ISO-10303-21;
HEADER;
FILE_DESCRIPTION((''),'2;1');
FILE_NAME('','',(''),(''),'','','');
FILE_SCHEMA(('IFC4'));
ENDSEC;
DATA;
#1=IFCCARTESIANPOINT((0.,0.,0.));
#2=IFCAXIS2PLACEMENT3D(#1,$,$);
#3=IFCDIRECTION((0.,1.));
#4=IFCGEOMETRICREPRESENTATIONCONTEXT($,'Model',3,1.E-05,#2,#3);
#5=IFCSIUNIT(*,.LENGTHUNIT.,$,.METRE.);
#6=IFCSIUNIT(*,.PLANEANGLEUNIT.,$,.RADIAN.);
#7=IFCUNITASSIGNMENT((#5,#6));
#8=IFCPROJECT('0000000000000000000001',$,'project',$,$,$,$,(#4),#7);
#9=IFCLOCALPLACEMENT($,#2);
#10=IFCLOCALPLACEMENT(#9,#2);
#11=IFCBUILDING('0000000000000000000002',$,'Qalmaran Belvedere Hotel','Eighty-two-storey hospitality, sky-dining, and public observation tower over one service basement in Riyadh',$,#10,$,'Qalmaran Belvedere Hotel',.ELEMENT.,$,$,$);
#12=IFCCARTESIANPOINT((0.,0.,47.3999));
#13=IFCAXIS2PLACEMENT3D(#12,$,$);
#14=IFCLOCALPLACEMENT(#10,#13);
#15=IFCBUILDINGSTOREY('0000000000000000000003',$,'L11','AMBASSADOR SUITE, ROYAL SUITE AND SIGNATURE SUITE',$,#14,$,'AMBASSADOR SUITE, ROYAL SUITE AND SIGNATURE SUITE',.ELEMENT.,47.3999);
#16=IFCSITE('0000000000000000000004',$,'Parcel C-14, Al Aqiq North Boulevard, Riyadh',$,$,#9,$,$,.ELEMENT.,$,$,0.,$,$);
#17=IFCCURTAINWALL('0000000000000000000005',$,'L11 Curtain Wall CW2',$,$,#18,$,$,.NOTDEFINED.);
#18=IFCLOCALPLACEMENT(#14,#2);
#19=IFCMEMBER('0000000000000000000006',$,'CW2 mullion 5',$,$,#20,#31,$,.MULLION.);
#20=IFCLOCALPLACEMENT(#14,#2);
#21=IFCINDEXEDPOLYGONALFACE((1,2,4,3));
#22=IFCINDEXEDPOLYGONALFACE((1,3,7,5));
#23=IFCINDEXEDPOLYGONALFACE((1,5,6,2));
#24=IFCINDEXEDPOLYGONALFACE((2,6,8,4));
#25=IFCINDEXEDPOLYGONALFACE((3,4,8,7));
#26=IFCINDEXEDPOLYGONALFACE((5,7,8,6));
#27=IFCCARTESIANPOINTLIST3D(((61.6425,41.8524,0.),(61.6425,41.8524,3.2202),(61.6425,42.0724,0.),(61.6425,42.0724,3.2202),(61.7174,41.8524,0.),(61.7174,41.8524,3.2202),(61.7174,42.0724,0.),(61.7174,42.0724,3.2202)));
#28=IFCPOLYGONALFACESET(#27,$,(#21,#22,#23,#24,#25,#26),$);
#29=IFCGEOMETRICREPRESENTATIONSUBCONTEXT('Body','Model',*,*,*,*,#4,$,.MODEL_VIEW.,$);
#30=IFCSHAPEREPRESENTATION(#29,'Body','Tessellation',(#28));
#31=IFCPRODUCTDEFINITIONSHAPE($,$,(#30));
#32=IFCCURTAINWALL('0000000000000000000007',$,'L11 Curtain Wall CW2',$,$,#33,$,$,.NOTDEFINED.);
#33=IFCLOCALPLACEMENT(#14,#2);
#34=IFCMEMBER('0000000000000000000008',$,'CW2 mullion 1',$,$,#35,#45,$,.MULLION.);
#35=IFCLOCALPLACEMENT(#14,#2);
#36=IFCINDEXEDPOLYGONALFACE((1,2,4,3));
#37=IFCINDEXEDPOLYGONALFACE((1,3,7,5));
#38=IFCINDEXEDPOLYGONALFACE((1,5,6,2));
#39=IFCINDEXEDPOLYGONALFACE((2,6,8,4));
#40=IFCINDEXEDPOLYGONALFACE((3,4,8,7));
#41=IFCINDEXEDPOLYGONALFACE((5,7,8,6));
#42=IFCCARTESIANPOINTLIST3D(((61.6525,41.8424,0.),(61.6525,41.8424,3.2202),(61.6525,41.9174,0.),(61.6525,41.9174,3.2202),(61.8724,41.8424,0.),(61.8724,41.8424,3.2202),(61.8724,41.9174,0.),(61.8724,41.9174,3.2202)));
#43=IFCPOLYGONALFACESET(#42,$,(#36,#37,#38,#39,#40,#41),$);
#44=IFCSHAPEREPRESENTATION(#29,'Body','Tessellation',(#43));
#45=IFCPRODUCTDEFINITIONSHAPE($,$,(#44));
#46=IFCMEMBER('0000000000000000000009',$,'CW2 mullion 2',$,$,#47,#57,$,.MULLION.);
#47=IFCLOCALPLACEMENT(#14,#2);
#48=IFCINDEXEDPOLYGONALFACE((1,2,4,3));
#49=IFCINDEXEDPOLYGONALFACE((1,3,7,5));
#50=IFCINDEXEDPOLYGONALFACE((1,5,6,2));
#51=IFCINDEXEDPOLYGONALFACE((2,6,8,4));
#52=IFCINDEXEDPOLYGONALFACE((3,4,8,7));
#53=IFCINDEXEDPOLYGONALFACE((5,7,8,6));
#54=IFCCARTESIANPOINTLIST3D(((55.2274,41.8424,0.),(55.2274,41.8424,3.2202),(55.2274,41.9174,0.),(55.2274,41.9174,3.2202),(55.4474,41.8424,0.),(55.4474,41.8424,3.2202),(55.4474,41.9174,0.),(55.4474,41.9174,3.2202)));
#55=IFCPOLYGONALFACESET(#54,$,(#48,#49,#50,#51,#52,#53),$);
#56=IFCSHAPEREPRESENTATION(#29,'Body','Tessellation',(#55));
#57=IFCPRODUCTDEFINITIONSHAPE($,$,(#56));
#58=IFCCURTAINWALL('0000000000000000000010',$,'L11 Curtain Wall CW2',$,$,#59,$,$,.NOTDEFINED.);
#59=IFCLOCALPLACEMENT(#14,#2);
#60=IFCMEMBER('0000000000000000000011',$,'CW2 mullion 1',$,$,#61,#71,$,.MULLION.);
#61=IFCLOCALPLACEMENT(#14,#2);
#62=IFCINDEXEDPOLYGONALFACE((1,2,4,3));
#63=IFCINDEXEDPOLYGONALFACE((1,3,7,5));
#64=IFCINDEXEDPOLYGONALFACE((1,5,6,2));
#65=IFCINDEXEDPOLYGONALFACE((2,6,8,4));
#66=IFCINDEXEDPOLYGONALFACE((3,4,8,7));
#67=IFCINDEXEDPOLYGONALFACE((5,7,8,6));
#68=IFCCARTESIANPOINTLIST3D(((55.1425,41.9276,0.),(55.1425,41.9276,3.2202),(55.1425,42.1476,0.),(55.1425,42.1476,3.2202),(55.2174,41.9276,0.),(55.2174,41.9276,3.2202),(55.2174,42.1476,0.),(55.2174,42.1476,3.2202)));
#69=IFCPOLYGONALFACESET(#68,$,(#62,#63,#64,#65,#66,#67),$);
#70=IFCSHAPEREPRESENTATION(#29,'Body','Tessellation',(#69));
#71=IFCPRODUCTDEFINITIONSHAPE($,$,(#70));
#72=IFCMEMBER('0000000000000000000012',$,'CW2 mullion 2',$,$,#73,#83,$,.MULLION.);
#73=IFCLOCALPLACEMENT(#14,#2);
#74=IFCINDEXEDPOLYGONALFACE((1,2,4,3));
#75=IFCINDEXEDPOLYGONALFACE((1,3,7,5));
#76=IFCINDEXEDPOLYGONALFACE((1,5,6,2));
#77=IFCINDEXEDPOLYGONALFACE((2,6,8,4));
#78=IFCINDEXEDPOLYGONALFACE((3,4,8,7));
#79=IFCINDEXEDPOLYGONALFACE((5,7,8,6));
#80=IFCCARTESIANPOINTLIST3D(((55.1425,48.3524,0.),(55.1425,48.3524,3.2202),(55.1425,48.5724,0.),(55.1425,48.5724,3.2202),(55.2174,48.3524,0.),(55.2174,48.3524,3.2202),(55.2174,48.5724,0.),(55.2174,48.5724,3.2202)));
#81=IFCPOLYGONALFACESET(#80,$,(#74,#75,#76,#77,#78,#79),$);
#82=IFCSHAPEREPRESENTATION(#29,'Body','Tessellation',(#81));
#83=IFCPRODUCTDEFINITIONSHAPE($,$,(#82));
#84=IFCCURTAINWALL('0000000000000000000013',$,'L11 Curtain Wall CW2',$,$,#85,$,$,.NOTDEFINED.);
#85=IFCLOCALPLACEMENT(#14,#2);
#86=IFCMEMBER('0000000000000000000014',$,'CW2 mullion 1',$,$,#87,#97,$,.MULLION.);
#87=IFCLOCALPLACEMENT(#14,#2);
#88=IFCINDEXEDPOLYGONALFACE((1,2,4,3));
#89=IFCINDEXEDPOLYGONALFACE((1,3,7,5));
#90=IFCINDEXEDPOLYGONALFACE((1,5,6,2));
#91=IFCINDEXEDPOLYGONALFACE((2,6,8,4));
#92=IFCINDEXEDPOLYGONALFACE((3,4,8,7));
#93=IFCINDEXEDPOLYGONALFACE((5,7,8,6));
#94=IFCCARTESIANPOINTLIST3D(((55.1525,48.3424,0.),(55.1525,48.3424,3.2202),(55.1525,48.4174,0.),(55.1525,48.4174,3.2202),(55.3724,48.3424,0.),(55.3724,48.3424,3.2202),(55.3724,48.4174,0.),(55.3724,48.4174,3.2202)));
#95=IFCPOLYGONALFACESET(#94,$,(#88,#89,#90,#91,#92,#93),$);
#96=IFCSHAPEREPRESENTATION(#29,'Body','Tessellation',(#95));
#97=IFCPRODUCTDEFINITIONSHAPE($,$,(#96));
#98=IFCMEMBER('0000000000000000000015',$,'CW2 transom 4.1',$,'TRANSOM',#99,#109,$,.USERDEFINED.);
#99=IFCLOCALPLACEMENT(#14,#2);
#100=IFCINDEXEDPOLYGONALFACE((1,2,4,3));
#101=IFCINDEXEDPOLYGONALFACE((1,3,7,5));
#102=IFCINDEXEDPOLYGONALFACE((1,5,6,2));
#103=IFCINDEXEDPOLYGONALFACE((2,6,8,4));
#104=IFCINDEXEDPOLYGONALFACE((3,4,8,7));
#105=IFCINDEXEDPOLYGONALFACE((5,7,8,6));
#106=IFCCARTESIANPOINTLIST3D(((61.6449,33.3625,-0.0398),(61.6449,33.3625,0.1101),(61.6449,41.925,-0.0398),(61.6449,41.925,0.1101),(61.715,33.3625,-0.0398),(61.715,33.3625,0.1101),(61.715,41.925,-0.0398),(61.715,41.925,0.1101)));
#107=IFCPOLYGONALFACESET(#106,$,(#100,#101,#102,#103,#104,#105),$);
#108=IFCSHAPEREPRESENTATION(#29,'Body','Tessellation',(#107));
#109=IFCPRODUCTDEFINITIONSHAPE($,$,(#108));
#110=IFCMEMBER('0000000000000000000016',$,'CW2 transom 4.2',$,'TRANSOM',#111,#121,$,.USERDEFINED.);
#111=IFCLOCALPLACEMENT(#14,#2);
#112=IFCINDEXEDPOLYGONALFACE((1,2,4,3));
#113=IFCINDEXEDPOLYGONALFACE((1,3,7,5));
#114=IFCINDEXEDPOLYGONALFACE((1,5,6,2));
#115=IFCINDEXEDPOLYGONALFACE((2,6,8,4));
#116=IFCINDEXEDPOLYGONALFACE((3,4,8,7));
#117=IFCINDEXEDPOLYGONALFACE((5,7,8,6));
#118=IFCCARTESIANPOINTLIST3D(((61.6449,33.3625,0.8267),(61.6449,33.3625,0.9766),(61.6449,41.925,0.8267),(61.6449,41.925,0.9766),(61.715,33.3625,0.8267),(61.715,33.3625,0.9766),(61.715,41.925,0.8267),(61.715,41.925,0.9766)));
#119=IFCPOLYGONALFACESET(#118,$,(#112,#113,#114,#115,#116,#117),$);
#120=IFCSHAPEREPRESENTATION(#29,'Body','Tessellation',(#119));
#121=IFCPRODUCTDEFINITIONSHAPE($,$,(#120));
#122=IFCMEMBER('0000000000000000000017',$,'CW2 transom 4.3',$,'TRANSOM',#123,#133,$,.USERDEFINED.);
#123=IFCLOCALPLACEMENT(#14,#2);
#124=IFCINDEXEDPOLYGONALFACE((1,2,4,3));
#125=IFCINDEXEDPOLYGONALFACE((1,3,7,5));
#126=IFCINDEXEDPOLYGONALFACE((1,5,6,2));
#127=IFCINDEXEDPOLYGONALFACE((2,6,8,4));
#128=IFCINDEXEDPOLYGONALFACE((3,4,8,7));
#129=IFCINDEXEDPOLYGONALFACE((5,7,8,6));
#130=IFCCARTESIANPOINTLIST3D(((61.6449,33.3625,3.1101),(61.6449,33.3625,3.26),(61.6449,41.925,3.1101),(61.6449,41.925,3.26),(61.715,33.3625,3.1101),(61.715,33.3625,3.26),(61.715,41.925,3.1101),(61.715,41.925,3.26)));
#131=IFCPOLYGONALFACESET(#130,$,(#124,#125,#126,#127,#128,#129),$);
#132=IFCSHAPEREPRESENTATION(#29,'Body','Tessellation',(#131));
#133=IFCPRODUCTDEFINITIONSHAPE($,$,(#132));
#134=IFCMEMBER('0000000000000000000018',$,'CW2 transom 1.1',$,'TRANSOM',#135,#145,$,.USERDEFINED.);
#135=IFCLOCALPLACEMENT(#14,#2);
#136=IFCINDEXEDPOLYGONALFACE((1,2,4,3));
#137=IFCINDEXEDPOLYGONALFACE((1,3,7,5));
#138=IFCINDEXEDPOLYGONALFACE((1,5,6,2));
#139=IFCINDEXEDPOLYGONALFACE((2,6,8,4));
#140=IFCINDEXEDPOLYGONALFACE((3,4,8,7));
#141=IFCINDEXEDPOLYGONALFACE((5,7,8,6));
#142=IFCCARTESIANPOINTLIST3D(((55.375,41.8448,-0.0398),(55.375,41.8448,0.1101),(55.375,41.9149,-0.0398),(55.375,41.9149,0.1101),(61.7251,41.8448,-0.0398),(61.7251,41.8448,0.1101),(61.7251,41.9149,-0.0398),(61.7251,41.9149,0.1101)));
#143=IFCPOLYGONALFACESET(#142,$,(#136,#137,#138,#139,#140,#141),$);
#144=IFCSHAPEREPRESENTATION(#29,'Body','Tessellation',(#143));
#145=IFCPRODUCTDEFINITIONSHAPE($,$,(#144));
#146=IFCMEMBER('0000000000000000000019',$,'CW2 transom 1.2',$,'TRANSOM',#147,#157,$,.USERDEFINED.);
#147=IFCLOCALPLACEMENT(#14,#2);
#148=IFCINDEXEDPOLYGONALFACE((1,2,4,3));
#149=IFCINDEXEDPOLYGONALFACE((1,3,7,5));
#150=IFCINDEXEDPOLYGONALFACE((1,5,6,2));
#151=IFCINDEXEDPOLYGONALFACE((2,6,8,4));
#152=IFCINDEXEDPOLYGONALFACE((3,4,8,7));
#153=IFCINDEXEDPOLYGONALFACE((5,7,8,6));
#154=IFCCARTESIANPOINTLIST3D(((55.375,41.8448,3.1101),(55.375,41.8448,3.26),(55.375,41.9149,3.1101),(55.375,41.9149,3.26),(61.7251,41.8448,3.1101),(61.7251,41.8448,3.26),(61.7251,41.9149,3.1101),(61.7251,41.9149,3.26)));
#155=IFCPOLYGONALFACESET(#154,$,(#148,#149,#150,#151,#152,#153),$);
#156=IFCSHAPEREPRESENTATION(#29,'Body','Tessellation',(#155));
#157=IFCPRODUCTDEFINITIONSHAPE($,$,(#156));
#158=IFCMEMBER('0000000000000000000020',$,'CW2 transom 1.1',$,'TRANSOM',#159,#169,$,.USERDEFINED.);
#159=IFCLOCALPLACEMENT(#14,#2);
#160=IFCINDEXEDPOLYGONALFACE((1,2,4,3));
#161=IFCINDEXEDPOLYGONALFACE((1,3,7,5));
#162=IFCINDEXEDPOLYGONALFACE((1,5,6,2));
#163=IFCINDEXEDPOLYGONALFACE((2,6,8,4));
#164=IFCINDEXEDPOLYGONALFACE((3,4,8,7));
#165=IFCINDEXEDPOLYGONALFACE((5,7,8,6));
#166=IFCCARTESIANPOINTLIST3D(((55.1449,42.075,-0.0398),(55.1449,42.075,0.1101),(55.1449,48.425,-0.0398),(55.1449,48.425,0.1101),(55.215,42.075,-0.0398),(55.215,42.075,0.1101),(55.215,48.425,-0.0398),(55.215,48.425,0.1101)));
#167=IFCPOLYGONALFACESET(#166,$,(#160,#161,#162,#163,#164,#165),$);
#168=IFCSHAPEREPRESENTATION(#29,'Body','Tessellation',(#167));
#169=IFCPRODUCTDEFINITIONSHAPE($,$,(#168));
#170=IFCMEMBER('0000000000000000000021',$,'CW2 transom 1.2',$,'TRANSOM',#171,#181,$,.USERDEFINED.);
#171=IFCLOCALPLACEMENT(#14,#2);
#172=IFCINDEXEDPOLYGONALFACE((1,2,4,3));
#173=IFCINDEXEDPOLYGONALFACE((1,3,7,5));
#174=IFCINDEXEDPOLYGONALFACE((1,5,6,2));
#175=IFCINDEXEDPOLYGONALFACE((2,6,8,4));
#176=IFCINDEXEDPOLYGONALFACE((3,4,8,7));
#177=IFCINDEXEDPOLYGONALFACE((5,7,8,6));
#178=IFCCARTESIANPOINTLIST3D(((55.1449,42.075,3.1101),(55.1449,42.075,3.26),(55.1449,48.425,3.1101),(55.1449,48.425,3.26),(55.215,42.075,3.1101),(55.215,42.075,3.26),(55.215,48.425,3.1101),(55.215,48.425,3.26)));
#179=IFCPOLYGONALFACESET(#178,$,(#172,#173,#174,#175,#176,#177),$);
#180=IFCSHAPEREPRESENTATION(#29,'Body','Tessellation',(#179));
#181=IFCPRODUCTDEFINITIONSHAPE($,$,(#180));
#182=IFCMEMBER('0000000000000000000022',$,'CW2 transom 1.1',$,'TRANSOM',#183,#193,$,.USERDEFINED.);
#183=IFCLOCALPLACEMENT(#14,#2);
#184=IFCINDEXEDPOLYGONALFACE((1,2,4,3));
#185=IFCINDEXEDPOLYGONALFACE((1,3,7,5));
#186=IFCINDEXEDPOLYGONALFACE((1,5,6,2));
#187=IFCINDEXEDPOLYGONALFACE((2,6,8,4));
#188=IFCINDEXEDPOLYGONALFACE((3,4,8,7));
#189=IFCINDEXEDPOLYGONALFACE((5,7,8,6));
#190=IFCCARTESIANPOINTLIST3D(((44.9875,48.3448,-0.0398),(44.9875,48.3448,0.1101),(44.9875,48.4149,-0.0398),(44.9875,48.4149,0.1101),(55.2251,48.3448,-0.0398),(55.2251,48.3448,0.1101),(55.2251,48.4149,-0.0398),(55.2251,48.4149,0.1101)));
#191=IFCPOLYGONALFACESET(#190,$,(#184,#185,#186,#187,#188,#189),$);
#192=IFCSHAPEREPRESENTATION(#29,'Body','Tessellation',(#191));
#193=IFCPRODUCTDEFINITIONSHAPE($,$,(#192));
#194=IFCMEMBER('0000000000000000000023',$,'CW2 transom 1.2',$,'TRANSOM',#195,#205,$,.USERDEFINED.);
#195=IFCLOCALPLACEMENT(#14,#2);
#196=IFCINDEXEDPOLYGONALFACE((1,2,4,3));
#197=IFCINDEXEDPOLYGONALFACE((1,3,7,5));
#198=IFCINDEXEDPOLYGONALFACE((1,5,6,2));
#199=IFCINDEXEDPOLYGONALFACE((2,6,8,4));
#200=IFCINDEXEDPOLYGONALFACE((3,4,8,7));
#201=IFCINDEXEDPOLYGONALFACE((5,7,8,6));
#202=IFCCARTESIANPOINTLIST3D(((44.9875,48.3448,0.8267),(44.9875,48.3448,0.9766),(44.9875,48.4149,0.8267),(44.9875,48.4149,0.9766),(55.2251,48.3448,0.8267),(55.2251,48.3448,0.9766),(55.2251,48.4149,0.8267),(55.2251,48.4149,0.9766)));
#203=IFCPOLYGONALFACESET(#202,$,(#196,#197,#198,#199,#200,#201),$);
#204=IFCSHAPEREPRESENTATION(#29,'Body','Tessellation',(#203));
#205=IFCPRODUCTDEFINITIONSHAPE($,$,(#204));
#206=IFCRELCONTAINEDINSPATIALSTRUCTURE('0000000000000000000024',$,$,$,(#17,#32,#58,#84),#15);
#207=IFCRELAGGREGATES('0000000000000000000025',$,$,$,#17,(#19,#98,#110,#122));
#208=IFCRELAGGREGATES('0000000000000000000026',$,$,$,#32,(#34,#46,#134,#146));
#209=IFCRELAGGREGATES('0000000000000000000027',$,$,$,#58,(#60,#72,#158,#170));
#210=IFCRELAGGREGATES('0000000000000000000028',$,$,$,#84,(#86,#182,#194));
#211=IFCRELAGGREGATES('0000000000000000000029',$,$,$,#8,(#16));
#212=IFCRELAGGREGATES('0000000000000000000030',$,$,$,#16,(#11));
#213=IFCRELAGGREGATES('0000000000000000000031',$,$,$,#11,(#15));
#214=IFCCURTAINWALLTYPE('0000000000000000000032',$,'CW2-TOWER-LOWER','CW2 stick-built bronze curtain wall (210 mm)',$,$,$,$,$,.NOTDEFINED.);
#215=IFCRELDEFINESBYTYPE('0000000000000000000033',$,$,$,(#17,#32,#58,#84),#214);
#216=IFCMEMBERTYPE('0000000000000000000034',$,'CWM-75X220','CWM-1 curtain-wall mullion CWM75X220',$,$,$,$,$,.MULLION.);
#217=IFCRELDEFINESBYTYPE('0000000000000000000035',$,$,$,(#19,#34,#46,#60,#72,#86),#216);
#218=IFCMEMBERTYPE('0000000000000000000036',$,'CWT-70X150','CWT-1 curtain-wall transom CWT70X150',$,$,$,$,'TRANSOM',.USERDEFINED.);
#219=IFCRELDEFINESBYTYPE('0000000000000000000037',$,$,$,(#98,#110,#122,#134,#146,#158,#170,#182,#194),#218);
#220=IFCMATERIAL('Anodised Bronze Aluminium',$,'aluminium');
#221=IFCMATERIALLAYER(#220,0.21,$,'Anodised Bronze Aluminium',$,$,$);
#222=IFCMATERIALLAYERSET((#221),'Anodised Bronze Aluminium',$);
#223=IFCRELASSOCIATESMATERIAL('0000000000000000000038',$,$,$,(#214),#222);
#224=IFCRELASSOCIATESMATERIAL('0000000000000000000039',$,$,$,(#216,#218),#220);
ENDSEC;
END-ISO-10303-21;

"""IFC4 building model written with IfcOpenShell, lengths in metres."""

from ifc_helpers import new_model, si_unit, direction, frame, origin, origin_2d, place, context, subcontext, project, spatial, rectangle, extrude, material, layer, layer_set, material_profile, profile_set, type_object, element, aggregate, save


model = new_model("IFC4")

# Units and contexts
model_context = context("Model", 3, precision=1e-05, world=origin(), true_north=direction((0.0, 1.0)))
body_context = subcontext(model_context, "Body", "Model", "MODEL_VIEW")
ifc_project = project(units=[si_unit("LENGTHUNIT", "METRE"), si_unit("PLANEANGLEUNIT", "RADIAN")], contexts=[model_context])

# Site, building, storey
site_placement = place(None, origin())
site = spatial("IfcSite", under=ifc_project, at=site_placement, Name="Parcel C-14, Al Aqiq North Boulevard, Riyadh", CompositionType="ELEMENT", RefElevation=0.0)
building_placement = place(site_placement, origin())
building = spatial("IfcBuilding", under=site, at=building_placement, Name="Qalmaran Belvedere Hotel", Description="Eighty-two-storey hospitality, sky-dining, and public observation tower over one service basement in Riyadh", LongName="Qalmaran Belvedere Hotel", CompositionType="ELEMENT")
storey_placement = place(building_placement, frame((0.0, 0.0, 47.3999)))
storey = spatial("IfcBuildingStorey", under=building, at=storey_placement, Name="L11", Description="AMBASSADOR SUITE, ROYAL SUITE AND SIGNATURE SUITE", LongName="AMBASSADOR SUITE, ROYAL SUITE AND SIGNATURE SUITE", CompositionType="ELEMENT", Elevation=47.3999)

# Curtain wall, member
ifc_material_1 = material(Name="Anodised Bronze Aluminium", Category="aluminium")
ifc_layer_1 = layer(ifc_material_1, 0.21, Name="Anodised Bronze Aluminium")
ifc_layer_set_1 = layer_set([ifc_layer_1], Name="Anodised Bronze Aluminium")
curtain_wall_type = type_object("IfcCurtainWallType", Name="CW2-TOWER-LOWER", Description="CW2 stick-built bronze curtain wall (210 mm)", PredefinedType="NOTDEFINED", material=ifc_layer_set_1)
curtain_wall_1_placement = place(storey_placement, origin())
curtain_wall_1 = element("IfcCurtainWall", 1, at=curtain_wall_1_placement, inside=storey, type_object=curtain_wall_type, Name="L11 Curtain Wall CW2", PredefinedType="NOTDEFINED")
ifc_material_profile_1 = material_profile(ifc_material_1, rectangle(XDim=0.075, YDim=0.22, at=origin_2d()), Name="CWM75X220")
ifc_profile_set_1 = profile_set([ifc_material_profile_1], Name="Anodised Bronze Aluminium")
member_type_1 = type_object("IfcMemberType", Name="CWM-75X220", Description="CWM-1 curtain-wall mullion CWM75X220", PredefinedType="MULLION", material=ifc_profile_set_1)
member_1_placement = place(storey_placement, frame((61.6799, 41.9624, 0.0), z_axis=(0.0, 0.0, 1.0), x_axis=(-1.0, 0.0, 0.0)))
member_1 = element("IfcMember", 2, at=member_1_placement, type_object=member_type_1, Name="CW2 mullion 5", PredefinedType="MULLION", context=body_context, shape_type="SweptSolid", body=[
    extrude(rectangle(XDim=0.075, YDim=0.22, at=origin_2d()), origin(), (0.0, 0.0, 1.0), 3.2202),
])

# Curtain walls, members
curtain_wall_2_placement = place(storey_placement, origin())
curtain_wall_2 = element("IfcCurtainWall", 3, at=curtain_wall_2_placement, inside=storey, type_object=curtain_wall_type, Name="L11 Curtain Wall CW2", PredefinedType="NOTDEFINED")
member_2_placement = place(storey_placement, frame((61.7625, 41.8799, 0.0), z_axis=(0.0, 0.0, 1.0), x_axis=(0.0, -1.0, 0.0)))
member_2 = element("IfcMember", 4, at=member_2_placement, type_object=member_type_1, Name="CW2 mullion 1", PredefinedType="MULLION", context=body_context, shape_type="SweptSolid", body=[
    extrude(rectangle(XDim=0.075, YDim=0.22, at=origin_2d()), origin(), (0.0, 0.0, 1.0), 3.2202),
])
member_3_placement = place(storey_placement, frame((55.3374, 41.8799, 0.0), z_axis=(0.0, 0.0, 1.0), x_axis=(0.0, -1.0, 0.0)))
member_3 = element("IfcMember", 5, at=member_3_placement, type_object=member_type_1, Name="CW2 mullion 2", PredefinedType="MULLION", context=body_context, shape_type="SweptSolid", body=[
    extrude(rectangle(XDim=0.075, YDim=0.22, at=origin_2d()), origin(), (0.0, 0.0, 1.0), 3.2202),
])
curtain_wall_3_placement = place(storey_placement, origin())
curtain_wall_3 = element("IfcCurtainWall", 6, at=curtain_wall_3_placement, inside=storey, type_object=curtain_wall_type, Name="L11 Curtain Wall CW2", PredefinedType="NOTDEFINED")
member_4_placement = place(storey_placement, frame((55.1799, 42.0376, 0.0), z_axis=(0.0, 0.0, 1.0), x_axis=(-1.0, 0.0, 0.0)))
member_4 = element("IfcMember", 7, at=member_4_placement, type_object=member_type_1, Name="CW2 mullion 1", PredefinedType="MULLION", context=body_context, shape_type="SweptSolid", body=[
    extrude(rectangle(XDim=0.075, YDim=0.22, at=origin_2d()), origin(), (0.0, 0.0, 1.0), 3.2202),
])
member_5_placement = place(storey_placement, frame((55.1799, 48.4624, 0.0), z_axis=(0.0, 0.0, 1.0), x_axis=(-1.0, 0.0, 0.0)))
member_5 = element("IfcMember", 8, at=member_5_placement, type_object=member_type_1, Name="CW2 mullion 2", PredefinedType="MULLION", context=body_context, shape_type="SweptSolid", body=[
    extrude(rectangle(XDim=0.075, YDim=0.22, at=origin_2d()), origin(), (0.0, 0.0, 1.0), 3.2202),
])

# Curtain wall, member
curtain_wall_4_placement = place(storey_placement, origin())
curtain_wall_4 = element("IfcCurtainWall", 9, at=curtain_wall_4_placement, inside=storey, type_object=curtain_wall_type, Name="L11 Curtain Wall CW2", PredefinedType="NOTDEFINED")
member_6_placement = place(storey_placement, frame((55.2625, 48.3799, 0.0), z_axis=(0.0, 0.0, 1.0), x_axis=(0.0, -1.0, 0.0)))
member_6 = element("IfcMember", 10, at=member_6_placement, type_object=member_type_1, Name="CW2 mullion 1", PredefinedType="MULLION", context=body_context, shape_type="SweptSolid", body=[
    extrude(rectangle(XDim=0.075, YDim=0.22, at=origin_2d()), origin(), (0.0, 0.0, 1.0), 3.2202),
])

# Members
ifc_material_profile_2 = material_profile(ifc_material_1, rectangle(XDim=0.0701, YDim=0.1499, at=origin_2d()), Name="CWT70X150")
ifc_profile_set_2 = profile_set([ifc_material_profile_2], Name="Anodised Bronze Aluminium")
member_type_2 = type_object("IfcMemberType", Name="CWT-70X150", Description="CWT-1 curtain-wall transom CWT70X150", ElementType="TRANSOM", PredefinedType="USERDEFINED", material=ifc_profile_set_2)
member_7_placement = place(storey_placement, frame((61.6799, 33.3625, 0.0352), z_axis=(0.0, 1.0, 0.0), x_axis=(-1.0, 0.0, 0.0)))
member_7 = element("IfcMember", 11, at=member_7_placement, type_object=member_type_2, Name="CW2 transom 4.1", ObjectType="TRANSOM", PredefinedType="USERDEFINED", context=body_context, shape_type="SweptSolid", body=[
    extrude(rectangle(XDim=0.0701, YDim=0.1499, at=origin_2d()), origin(), (0.0, 0.0, 1.0), 8.5625),
])
member_8_placement = place(storey_placement, frame((61.6799, 33.3625, 0.9016), z_axis=(0.0, 1.0, 0.0), x_axis=(-1.0, 0.0, 0.0)))
member_8 = element("IfcMember", 12, at=member_8_placement, type_object=member_type_2, Name="CW2 transom 4.2", ObjectType="TRANSOM", PredefinedType="USERDEFINED", context=body_context, shape_type="SweptSolid", body=[
    extrude(rectangle(XDim=0.0701, YDim=0.1499, at=origin_2d()), origin(), (0.0, 0.0, 1.0), 8.5625),
])
member_9_placement = place(storey_placement, frame((61.6799, 33.3625, 3.1851), z_axis=(0.0, 1.0, 0.0), x_axis=(-1.0, 0.0, 0.0)))
member_9 = element("IfcMember", 13, at=member_9_placement, type_object=member_type_2, Name="CW2 transom 4.3", ObjectType="TRANSOM", PredefinedType="USERDEFINED", context=body_context, shape_type="SweptSolid", body=[
    extrude(rectangle(XDim=0.0701, YDim=0.1499, at=origin_2d()), origin(), (0.0, 0.0, 1.0), 8.5625),
])
member_10_placement = place(storey_placement, frame((61.7251, 41.8799, 0.0352), z_axis=(-1.0, 0.0, 0.0), x_axis=(0.0, -1.0, 0.0)))
member_10 = element("IfcMember", 14, at=member_10_placement, type_object=member_type_2, Name="CW2 transom 1.1", ObjectType="TRANSOM", PredefinedType="USERDEFINED", context=body_context, shape_type="SweptSolid", body=[
    extrude(rectangle(XDim=0.0701, YDim=0.1499, at=origin_2d()), origin(), (0.0, 0.0, 1.0), 6.3501),
])
member_11_placement = place(storey_placement, frame((61.7251, 41.8799, 3.1851), z_axis=(-1.0, 0.0, 0.0), x_axis=(0.0, -1.0, 0.0)))
member_11 = element("IfcMember", 15, at=member_11_placement, type_object=member_type_2, Name="CW2 transom 1.2", ObjectType="TRANSOM", PredefinedType="USERDEFINED", context=body_context, shape_type="SweptSolid", body=[
    extrude(rectangle(XDim=0.0701, YDim=0.1499, at=origin_2d()), origin(), (0.0, 0.0, 1.0), 6.3501),
])
member_12_placement = place(storey_placement, frame((55.1799, 42.075, 0.0352), z_axis=(0.0, 1.0, 0.0), x_axis=(-1.0, 0.0, 0.0)))
member_12 = element("IfcMember", 16, at=member_12_placement, type_object=member_type_2, Name="CW2 transom 1.1", ObjectType="TRANSOM", PredefinedType="USERDEFINED", context=body_context, shape_type="SweptSolid", body=[
    extrude(rectangle(XDim=0.0701, YDim=0.1499, at=origin_2d()), origin(), (0.0, 0.0, 1.0), 6.3501),
])
member_13_placement = place(storey_placement, frame((55.1799, 42.075, 3.1851), z_axis=(0.0, 1.0, 0.0), x_axis=(-1.0, 0.0, 0.0)))
member_13 = element("IfcMember", 17, at=member_13_placement, type_object=member_type_2, Name="CW2 transom 1.2", ObjectType="TRANSOM", PredefinedType="USERDEFINED", context=body_context, shape_type="SweptSolid", body=[
    extrude(rectangle(XDim=0.0701, YDim=0.1499, at=origin_2d()), origin(), (0.0, 0.0, 1.0), 6.3501),
])
member_14_placement = place(storey_placement, frame((55.2251, 48.3799, 0.0352), z_axis=(-1.0, 0.0, 0.0), x_axis=(0.0, -1.0, 0.0)))
member_14 = element("IfcMember", 18, at=member_14_placement, type_object=member_type_2, Name="CW2 transom 1.1", ObjectType="TRANSOM", PredefinedType="USERDEFINED", context=body_context, shape_type="SweptSolid", body=[
    extrude(rectangle(XDim=0.0701, YDim=0.1499, at=origin_2d()), origin(), (0.0, 0.0, 1.0), 10.2375),
])
member_15_placement = place(storey_placement, frame((55.2251, 48.3799, 0.9016), z_axis=(-1.0, 0.0, 0.0), x_axis=(0.0, -1.0, 0.0)))
member_15 = element("IfcMember", 19, at=member_15_placement, type_object=member_type_2, Name="CW2 transom 1.2", ObjectType="TRANSOM", PredefinedType="USERDEFINED", context=body_context, shape_type="SweptSolid", body=[
    extrude(rectangle(XDim=0.0701, YDim=0.1499, at=origin_2d()), origin(), (0.0, 0.0, 1.0), 10.2375),
])

aggregate(curtain_wall_1, [member_1, member_7, member_8, member_9])
aggregate(curtain_wall_2, [member_2, member_3, member_10, member_11])
aggregate(curtain_wall_3, [member_4, member_5, member_12, member_13])
aggregate(curtain_wall_4, [member_6, member_14, member_15])

save(model, "model.ifc")
